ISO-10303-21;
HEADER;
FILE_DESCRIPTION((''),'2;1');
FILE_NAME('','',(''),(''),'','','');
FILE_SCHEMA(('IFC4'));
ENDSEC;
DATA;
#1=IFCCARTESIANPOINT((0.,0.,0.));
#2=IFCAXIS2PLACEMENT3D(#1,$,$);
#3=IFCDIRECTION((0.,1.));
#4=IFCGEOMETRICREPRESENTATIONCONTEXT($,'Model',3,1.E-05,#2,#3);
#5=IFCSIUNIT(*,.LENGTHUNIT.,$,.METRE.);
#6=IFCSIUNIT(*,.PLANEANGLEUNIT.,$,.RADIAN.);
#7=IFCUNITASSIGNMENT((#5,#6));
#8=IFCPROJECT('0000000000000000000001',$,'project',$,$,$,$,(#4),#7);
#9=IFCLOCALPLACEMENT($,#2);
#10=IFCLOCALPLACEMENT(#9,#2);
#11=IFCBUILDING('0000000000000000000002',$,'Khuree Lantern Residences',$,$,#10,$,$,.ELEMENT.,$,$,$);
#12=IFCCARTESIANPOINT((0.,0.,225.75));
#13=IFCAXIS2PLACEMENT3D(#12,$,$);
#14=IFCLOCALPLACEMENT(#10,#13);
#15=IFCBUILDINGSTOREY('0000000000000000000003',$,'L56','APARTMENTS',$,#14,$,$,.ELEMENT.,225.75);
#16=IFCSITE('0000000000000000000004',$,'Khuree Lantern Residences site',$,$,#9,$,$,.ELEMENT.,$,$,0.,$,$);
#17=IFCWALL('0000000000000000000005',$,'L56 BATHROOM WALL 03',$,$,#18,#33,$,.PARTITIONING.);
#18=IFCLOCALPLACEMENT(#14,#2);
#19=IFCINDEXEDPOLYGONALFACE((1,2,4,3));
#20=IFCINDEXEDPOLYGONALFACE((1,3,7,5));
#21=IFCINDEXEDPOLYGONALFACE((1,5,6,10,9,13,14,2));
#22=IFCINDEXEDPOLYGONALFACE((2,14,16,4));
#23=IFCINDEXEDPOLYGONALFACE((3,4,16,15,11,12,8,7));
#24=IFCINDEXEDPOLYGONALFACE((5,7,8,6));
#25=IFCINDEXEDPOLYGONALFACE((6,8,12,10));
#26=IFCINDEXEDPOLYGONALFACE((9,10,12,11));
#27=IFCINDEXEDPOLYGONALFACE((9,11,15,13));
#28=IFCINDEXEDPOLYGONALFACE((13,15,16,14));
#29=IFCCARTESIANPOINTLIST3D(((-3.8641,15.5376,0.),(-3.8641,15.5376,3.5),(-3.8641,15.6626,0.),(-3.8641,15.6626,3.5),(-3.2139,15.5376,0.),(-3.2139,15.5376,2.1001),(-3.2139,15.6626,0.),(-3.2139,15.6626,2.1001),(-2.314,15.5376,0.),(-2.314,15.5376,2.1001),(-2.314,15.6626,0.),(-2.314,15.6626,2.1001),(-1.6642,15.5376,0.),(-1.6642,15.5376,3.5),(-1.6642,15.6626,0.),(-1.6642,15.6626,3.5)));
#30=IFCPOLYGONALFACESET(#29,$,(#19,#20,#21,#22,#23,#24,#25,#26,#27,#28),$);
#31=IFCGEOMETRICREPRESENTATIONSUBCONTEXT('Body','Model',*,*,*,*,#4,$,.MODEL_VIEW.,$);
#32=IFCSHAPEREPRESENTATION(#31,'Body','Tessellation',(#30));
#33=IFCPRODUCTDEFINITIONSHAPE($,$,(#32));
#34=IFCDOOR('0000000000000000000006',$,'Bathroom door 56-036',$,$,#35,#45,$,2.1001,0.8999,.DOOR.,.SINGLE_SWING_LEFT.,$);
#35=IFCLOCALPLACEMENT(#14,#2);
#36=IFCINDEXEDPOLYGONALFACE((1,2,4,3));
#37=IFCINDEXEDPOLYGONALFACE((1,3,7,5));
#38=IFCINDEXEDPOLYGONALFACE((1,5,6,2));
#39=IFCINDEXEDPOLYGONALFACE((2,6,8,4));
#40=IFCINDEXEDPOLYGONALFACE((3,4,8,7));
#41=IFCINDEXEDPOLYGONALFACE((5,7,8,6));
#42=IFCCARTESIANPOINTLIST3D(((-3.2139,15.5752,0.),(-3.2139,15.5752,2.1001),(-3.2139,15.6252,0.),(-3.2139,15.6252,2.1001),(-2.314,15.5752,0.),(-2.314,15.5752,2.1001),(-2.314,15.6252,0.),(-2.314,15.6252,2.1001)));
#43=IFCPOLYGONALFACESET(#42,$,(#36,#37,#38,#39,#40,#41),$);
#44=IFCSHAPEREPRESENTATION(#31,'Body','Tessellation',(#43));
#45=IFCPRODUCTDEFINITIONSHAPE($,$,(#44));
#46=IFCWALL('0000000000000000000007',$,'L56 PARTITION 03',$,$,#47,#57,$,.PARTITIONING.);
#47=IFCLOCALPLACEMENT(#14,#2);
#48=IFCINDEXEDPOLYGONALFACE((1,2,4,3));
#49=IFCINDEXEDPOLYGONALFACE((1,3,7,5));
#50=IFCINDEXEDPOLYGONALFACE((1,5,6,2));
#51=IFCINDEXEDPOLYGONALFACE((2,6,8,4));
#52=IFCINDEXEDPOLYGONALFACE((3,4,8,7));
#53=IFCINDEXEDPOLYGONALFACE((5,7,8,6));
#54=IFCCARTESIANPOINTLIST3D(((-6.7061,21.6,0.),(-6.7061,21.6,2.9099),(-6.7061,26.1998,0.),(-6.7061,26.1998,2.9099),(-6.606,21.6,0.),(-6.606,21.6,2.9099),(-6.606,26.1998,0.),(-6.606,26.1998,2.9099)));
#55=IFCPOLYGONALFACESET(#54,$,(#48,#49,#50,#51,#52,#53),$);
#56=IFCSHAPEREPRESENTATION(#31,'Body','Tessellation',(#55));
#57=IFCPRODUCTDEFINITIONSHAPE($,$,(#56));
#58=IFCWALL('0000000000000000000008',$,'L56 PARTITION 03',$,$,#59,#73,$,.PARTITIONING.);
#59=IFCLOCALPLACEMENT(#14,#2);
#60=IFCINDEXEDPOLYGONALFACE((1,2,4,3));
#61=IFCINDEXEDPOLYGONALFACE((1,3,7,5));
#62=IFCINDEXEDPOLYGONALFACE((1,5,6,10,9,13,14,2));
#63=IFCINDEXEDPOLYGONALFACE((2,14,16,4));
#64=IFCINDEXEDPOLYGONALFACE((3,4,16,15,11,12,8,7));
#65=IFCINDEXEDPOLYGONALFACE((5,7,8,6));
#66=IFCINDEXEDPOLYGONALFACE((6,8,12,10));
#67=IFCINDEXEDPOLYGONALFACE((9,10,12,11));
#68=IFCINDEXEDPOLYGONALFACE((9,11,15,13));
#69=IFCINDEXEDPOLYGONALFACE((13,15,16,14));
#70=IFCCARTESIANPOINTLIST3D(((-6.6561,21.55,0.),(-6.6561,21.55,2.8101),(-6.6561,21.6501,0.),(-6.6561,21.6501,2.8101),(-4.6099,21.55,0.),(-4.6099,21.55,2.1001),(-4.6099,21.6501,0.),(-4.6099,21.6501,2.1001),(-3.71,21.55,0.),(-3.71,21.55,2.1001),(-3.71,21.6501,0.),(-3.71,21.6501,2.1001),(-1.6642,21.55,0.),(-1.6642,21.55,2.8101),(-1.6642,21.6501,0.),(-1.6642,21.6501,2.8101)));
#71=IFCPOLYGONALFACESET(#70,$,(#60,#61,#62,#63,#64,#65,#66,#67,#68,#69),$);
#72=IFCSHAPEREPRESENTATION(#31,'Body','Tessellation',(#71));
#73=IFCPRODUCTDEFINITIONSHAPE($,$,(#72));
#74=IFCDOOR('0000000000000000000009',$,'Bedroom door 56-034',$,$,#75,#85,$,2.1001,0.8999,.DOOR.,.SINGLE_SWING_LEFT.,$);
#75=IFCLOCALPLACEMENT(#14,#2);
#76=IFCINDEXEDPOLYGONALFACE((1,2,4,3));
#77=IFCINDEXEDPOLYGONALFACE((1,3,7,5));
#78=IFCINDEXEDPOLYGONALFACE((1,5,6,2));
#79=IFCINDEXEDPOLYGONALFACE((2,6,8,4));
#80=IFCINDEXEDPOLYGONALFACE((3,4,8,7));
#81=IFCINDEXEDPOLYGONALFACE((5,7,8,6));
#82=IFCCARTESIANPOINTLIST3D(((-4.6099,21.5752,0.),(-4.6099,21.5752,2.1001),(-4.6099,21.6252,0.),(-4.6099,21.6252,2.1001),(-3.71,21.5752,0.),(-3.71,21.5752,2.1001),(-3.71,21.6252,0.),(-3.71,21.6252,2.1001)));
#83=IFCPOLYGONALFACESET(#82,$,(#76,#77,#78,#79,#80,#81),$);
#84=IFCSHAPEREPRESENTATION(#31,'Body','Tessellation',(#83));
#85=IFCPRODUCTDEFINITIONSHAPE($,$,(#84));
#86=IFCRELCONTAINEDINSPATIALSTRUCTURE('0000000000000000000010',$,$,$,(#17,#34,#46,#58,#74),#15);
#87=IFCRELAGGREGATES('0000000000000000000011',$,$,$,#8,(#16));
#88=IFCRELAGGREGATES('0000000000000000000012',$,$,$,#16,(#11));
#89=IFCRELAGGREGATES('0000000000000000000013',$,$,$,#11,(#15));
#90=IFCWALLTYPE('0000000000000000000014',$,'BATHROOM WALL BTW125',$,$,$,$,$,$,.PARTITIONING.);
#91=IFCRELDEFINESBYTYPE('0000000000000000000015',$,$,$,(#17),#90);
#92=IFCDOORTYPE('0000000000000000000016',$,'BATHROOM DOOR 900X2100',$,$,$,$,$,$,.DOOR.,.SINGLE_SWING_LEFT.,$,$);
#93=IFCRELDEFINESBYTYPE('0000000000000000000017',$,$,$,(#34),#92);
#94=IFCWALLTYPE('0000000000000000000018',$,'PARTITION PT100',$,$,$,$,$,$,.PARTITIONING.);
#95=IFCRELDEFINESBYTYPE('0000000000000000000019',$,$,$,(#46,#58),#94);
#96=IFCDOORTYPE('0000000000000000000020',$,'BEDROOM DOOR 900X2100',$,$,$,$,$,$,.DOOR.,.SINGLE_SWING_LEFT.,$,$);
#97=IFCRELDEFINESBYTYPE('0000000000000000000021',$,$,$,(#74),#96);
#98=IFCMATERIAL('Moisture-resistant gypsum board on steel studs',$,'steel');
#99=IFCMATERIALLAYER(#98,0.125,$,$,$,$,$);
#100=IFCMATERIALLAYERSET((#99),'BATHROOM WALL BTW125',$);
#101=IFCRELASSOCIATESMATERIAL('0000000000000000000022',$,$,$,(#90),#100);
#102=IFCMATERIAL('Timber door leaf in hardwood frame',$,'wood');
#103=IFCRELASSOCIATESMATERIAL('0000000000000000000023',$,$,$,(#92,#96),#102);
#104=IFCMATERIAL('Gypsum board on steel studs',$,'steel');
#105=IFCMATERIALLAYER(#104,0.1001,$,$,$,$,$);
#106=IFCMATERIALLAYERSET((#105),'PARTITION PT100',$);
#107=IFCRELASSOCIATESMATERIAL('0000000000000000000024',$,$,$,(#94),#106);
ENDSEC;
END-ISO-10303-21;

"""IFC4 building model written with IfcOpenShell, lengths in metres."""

from ifc_helpers import new_model, si_unit, direction, frame, frame_2d, origin, place, context, subcontext, project, spatial, rectangle, extrude, material, layer, layer_set, type_object, element, fill, save


model = new_model("IFC4")

# Units and contexts
model_context = context("Model", 3, precision=1e-05, world=origin(), true_north=direction((0.0, 1.0)))
body_context = subcontext(model_context, "Body", "Model", "MODEL_VIEW")
ifc_project = project(units=[si_unit("LENGTHUNIT", "METRE"), si_unit("PLANEANGLEUNIT", "RADIAN")], contexts=[model_context])

# Site, building, storey
site_placement = place(None, origin())
site = spatial("IfcSite", under=ifc_project, at=site_placement, Name="Khuree Lantern Residences site", CompositionType="ELEMENT", RefElevation=0.0)
building_placement = place(site_placement, origin())
building = spatial("IfcBuilding", under=site, at=building_placement, Name="Khuree Lantern Residences", CompositionType="ELEMENT")
storey_placement = place(building_placement, frame((0.0, 0.0, 225.75)))
storey = spatial("IfcBuildingStorey", under=building, at=storey_placement, Name="L56", Description="APARTMENTS", CompositionType="ELEMENT", Elevation=225.75)

# Wall, opening, door
ifc_material_1 = material(Name="Moisture-resistant gypsum board on steel studs", Category="steel")
ifc_layer_1 = layer(ifc_material_1, 0.125)
ifc_layer_set_1 = layer_set([ifc_layer_1], Name="BATHROOM WALL BTW125")
wall_type_1 = type_object("IfcWallType", Name="BATHROOM WALL BTW125", PredefinedType="PARTITIONING", material=ifc_layer_set_1)
wall_1_placement = place(storey_placement, frame((-1.6641, 15.6001, 0.0), z_axis=(0.0, 0.0, 1.0), x_axis=(-1.0, 0.0, 0.0)))
wall_1 = element("IfcWall", 1, at=wall_1_placement, inside=storey, type_object=wall_type_1, Name="L56 BATHROOM WALL 03", PredefinedType="PARTITIONING", context=body_context, shape_type="SweptSolid", body=[
    extrude(rectangle(XDim=2.2, YDim=0.125, at=frame_2d((1.1001, 0.0))), origin(), (0.0, 0.0, 1.0), 3.5),
])
opening_1_placement = place(wall_1_placement, frame((0.6499, 0.0, 0.0)))
opening_1 = element("IfcOpeningElement", 2, at=opening_1_placement, cuts=wall_1, PredefinedType="OPENING", context=body_context, shape_type="SweptSolid", body=[
    extrude(rectangle(XDim=0.8999, YDim=2.1001, at=frame_2d((0.45, 1.05))), frame((0.0, 0.0725, 0.0), z_axis=(0.0, -1.0, 0.0), x_axis=(1.0, 0.0, 0.0)), (0.0, 0.0, 1.0), 0.145),
])
ifc_material_2 = material(Name="Timber door leaf in hardwood frame", Category="wood")
door_type_1 = type_object("IfcDoorType", Name="BATHROOM DOOR 900X2100", OperationType="SINGLE_SWING_LEFT", PredefinedType="DOOR", material=ifc_material_2)
door_1_placement = place(opening_1_placement, origin())
door_1 = element("IfcDoor", 3, at=door_1_placement, inside=storey, type_object=door_type_1, Name="Bathroom door 56-036", OperationType="SINGLE_SWING_LEFT", OverallHeight=2.1001, OverallWidth=0.8999, PredefinedType="DOOR", context=body_context, shape_type="SweptSolid", body=[
    extrude(rectangle(XDim=0.8999, YDim=2.1001, at=frame_2d((0.45, 1.05))), frame((0.0, 0.0249, 0.0), z_axis=(0.0, -1.0, 0.0), x_axis=(1.0, 0.0, 0.0)), (0.0, 0.0, 1.0), 0.05),
])
fill(opening_1, door_1)

# Wall
ifc_material_3 = material(Name="Gypsum board on steel studs", Category="steel")
ifc_layer_2 = layer(ifc_material_3, 0.1001)
ifc_layer_set_2 = layer_set([ifc_layer_2], Name="PARTITION PT100")
wall_type_2 = type_object("IfcWallType", Name="PARTITION PT100", PredefinedType="PARTITIONING", material=ifc_layer_set_2)
wall_2_placement = place(storey_placement, frame((-6.656, 21.6001, 0.0), z_axis=(0.0, 0.0, 1.0), x_axis=(0.0, 1.0, 0.0)))
element("IfcWall", 4, at=wall_2_placement, inside=storey, type_object=wall_type_2, Name="L56 PARTITION 03", PredefinedType="PARTITIONING", context=body_context, shape_type="SweptSolid", body=[
    extrude(rectangle(XDim=4.5999, YDim=0.1001, at=frame_2d((2.2998, 0.0))), origin(), (0.0, 0.0, 1.0), 2.9099),
])

# Wall, opening, door
wall_3_placement = place(storey_placement, frame((-1.6641, 21.6001, 0.0), z_axis=(0.0, 0.0, 1.0), x_axis=(-1.0, 0.0, 0.0)))
wall_3 = element("IfcWall", 5, at=wall_3_placement, inside=storey, type_object=wall_type_2, Name="L56 PARTITION 03", PredefinedType="PARTITIONING", context=body_context, shape_type="SweptSolid", body=[
    extrude(rectangle(XDim=4.9919, YDim=0.1001, at=frame_2d((2.4961, 0.0))), origin(), (0.0, 0.0, 1.0), 2.8101),
])
opening_2_placement = place(wall_3_placement, frame((2.0459, 0.0, 0.0)))
opening_2 = element("IfcOpeningElement", 6, at=opening_2_placement, cuts=wall_3, PredefinedType="OPENING", context=body_context, shape_type="SweptSolid", body=[
    extrude(rectangle(XDim=0.8999, YDim=2.1001, at=frame_2d((0.45, 1.05))), frame((0.0, 0.0601, 0.0), z_axis=(0.0, -1.0, 0.0), x_axis=(1.0, 0.0, 0.0)), (0.0, 0.0, 1.0), 0.1201),
])
door_type_2 = type_object("IfcDoorType", Name="BEDROOM DOOR 900X2100", OperationType="SINGLE_SWING_LEFT", PredefinedType="DOOR", material=ifc_material_2)
door_2_placement = place(opening_2_placement, origin())
door_2 = element("IfcDoor", 7, at=door_2_placement, inside=storey, type_object=door_type_2, Name="Bedroom door 56-034", OperationType="SINGLE_SWING_LEFT", OverallHeight=2.1001, OverallWidth=0.8999, PredefinedType="DOOR", context=body_context, shape_type="SweptSolid", body=[
    extrude(rectangle(XDim=0.8999, YDim=2.1001, at=frame_2d((0.45, 1.05))), frame((0.0, 0.0249, 0.0), z_axis=(0.0, -1.0, 0.0), x_axis=(1.0, 0.0, 0.0)), (0.0, 0.0, 1.0), 0.05),
])
fill(opening_2, door_2)

save(model, "model.ifc")
